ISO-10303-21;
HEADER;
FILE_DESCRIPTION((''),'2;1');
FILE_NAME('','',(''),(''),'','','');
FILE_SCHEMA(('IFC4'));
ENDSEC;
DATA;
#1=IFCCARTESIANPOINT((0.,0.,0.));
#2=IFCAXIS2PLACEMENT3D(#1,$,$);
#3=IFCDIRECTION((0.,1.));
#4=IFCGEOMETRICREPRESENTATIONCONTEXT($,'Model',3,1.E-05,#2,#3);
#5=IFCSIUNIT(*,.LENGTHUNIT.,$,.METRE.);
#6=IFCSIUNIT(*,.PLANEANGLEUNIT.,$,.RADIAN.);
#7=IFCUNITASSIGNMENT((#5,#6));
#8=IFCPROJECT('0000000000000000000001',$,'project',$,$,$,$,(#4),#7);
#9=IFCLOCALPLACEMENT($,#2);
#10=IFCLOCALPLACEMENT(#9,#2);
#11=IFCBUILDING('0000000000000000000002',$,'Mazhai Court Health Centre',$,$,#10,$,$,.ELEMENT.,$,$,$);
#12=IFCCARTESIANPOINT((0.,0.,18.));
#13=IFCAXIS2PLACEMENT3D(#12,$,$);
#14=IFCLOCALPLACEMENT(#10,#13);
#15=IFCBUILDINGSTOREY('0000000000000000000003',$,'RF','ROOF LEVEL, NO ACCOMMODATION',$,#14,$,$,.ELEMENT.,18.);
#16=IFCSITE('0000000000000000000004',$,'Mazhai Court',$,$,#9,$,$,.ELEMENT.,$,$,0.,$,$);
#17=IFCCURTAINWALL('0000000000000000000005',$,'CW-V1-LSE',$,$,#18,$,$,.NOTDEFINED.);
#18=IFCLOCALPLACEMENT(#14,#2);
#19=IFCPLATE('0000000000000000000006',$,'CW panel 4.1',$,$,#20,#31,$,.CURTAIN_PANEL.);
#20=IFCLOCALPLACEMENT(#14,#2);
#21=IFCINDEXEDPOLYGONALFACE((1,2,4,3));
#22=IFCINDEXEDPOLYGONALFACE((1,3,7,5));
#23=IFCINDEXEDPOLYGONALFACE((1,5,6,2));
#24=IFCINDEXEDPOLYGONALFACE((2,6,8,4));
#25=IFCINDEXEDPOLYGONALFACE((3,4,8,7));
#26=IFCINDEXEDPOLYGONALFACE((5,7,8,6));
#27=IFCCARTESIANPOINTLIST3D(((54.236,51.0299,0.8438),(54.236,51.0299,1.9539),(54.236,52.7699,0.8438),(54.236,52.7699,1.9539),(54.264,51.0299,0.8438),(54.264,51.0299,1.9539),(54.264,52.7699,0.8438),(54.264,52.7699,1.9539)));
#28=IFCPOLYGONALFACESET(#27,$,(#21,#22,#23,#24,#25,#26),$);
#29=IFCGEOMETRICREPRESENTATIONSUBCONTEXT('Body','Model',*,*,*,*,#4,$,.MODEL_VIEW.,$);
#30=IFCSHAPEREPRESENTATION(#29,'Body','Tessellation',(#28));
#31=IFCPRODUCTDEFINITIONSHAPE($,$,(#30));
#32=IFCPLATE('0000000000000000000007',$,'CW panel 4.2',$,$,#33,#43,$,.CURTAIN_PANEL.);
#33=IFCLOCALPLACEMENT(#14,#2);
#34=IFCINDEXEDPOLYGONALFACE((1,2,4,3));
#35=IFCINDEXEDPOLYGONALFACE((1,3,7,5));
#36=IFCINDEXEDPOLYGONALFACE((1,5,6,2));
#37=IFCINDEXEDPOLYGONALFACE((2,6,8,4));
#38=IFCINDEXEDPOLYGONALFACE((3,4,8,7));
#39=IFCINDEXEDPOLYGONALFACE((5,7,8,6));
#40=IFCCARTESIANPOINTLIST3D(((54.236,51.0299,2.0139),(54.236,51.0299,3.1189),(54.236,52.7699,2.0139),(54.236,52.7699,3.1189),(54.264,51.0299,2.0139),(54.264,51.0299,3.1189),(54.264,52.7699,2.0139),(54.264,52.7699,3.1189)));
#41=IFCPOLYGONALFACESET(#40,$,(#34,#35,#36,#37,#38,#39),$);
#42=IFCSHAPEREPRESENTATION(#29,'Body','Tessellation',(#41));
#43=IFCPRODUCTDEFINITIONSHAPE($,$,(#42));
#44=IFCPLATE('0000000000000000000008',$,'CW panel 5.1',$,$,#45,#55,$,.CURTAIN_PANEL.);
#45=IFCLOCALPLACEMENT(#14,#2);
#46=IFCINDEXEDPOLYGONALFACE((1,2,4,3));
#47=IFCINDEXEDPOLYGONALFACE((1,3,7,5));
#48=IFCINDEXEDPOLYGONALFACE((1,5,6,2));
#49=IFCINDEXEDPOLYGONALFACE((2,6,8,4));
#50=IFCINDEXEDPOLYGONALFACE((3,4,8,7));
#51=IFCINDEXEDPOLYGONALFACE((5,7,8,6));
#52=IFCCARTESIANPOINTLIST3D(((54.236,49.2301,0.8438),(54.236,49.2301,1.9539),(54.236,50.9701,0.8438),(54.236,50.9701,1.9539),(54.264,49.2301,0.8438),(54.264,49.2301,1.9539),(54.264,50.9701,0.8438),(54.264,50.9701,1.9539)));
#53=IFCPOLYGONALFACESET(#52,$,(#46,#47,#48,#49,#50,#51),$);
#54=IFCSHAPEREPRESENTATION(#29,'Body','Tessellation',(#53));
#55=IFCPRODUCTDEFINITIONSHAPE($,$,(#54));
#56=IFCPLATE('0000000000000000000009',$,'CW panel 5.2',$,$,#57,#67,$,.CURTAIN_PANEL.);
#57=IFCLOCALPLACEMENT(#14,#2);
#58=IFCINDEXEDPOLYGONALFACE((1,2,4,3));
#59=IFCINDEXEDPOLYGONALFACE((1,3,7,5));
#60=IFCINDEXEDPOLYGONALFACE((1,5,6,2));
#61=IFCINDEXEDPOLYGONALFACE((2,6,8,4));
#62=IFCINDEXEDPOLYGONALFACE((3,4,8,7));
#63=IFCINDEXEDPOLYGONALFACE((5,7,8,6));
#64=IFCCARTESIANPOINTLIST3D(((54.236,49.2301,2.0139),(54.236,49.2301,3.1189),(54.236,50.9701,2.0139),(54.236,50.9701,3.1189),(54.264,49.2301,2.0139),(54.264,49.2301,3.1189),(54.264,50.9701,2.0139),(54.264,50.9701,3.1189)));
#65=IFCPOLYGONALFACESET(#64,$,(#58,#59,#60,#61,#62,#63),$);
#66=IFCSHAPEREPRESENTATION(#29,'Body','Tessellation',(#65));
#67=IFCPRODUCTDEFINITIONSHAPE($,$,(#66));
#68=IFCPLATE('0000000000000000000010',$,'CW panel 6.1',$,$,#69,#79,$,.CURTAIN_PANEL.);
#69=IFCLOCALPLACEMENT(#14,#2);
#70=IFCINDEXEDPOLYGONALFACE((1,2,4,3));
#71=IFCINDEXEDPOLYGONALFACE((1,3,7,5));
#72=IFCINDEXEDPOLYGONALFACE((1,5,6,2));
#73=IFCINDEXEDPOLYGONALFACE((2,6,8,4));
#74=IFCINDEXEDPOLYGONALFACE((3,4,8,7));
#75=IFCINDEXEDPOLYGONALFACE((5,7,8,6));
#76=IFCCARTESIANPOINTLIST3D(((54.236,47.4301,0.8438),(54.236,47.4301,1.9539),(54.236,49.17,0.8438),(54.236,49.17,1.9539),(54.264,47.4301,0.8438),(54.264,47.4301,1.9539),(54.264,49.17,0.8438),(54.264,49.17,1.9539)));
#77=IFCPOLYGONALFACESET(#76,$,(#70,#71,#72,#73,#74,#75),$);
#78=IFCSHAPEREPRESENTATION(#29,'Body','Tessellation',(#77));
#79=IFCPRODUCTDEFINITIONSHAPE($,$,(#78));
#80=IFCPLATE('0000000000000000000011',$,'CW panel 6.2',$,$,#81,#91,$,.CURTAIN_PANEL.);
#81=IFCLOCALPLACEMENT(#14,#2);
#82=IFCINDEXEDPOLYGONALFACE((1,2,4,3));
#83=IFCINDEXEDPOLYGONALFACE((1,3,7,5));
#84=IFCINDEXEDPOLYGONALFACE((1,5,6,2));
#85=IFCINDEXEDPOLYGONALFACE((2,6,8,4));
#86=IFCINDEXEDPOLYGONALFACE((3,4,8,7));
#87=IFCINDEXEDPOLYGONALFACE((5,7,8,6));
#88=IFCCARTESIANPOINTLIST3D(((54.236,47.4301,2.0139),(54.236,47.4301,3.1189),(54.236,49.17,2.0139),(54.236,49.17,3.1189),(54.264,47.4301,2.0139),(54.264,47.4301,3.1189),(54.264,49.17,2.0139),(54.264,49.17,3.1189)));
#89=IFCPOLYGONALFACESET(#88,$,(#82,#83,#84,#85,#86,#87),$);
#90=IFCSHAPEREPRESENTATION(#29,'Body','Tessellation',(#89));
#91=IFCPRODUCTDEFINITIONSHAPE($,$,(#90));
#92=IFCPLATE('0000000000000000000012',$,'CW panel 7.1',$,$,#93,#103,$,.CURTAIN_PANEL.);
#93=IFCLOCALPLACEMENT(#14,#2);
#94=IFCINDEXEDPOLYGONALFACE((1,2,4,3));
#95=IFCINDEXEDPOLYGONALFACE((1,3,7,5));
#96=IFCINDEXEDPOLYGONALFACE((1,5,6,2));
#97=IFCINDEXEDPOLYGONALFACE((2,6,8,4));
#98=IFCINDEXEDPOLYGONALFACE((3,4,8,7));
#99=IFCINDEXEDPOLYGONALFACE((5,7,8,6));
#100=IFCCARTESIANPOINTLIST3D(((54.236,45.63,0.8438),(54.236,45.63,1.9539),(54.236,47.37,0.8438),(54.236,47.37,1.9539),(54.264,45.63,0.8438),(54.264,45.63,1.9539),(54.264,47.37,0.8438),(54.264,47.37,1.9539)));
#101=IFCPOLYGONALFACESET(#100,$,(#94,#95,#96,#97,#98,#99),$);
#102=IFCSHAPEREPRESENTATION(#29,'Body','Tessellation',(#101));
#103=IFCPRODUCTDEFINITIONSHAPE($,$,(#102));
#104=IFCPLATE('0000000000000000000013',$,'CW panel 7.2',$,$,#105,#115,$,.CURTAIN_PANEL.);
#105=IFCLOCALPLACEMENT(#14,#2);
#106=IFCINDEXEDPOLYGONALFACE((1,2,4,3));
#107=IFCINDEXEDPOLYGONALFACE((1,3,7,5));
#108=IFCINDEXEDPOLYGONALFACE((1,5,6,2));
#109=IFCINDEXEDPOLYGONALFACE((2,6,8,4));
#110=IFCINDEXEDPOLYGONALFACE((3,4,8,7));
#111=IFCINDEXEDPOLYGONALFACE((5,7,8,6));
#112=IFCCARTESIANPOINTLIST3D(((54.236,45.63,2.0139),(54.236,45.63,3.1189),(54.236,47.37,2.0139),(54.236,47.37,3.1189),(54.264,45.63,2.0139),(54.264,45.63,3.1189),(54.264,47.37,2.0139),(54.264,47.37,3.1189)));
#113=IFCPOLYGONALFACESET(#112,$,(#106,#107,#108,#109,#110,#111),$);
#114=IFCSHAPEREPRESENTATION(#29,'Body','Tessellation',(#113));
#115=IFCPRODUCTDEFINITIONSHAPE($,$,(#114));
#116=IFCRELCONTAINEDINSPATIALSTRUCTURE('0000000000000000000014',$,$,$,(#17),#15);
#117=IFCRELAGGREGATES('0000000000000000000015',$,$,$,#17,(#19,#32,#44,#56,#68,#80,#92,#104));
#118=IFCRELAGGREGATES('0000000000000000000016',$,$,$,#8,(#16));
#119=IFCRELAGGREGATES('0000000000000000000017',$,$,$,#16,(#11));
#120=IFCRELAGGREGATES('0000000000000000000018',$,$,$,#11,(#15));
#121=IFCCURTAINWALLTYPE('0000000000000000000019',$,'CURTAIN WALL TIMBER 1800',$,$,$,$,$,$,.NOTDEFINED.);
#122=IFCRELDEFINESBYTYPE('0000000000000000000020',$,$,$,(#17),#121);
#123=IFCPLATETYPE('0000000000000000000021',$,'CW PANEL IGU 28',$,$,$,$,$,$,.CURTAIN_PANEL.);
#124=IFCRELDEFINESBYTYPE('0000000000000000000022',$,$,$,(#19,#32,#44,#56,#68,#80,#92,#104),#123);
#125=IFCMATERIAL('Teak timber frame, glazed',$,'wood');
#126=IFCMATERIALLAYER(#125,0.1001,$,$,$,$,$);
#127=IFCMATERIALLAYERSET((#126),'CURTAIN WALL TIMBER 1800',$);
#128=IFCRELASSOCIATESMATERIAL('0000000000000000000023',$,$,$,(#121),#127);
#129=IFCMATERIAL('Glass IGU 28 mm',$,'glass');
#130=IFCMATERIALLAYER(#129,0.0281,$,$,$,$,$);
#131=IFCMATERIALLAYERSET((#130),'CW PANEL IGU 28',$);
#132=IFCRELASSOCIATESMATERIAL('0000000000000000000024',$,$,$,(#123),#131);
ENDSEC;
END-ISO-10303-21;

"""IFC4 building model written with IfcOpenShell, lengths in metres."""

from ifc_helpers import new_model, si_unit, direction, frame, origin, origin_2d, place, context, subcontext, project, spatial, rectangle, extrude, material, layer, layer_set, type_object, element, aggregate, save


model = new_model("IFC4")

# Units and contexts
model_context = context("Model", 3, precision=1e-05, world=origin(), true_north=direction((0.0, 1.0)))
body_context = subcontext(model_context, "Body", "Model", "MODEL_VIEW")
ifc_project = project(units=[si_unit("LENGTHUNIT", "METRE"), si_unit("PLANEANGLEUNIT", "RADIAN")], contexts=[model_context])

# Site, building, storey
site_placement = place(None, origin())
site = spatial("IfcSite", under=ifc_project, at=site_placement, Name="Mazhai Court", CompositionType="ELEMENT", RefElevation=0.0)
building_placement = place(site_placement, origin())
building = spatial("IfcBuilding", under=site, at=building_placement, Name="Mazhai Court Health Centre", CompositionType="ELEMENT")
storey_placement = place(building_placement, frame((0.0, 0.0, 18.0)))
storey = spatial("IfcBuildingStorey", under=building, at=storey_placement, Name="RF", Description="ROOF LEVEL, NO ACCOMMODATION", CompositionType="ELEMENT", Elevation=18.0)

# Curtain wall, plates
ifc_material_1 = material(Name="Teak timber frame, glazed", Category="wood")
ifc_layer_1 = layer(ifc_material_1, 0.1001)
ifc_layer_set_1 = layer_set([ifc_layer_1], Name="CURTAIN WALL TIMBER 1800")
curtain_wall_type = type_object("IfcCurtainWallType", Name="CURTAIN WALL TIMBER 1800", PredefinedType="NOTDEFINED", material=ifc_layer_set_1)
curtain_wall_placement = place(storey_placement, origin())
curtain_wall = element("IfcCurtainWall", 1, at=curtain_wall_placement, inside=storey, type_object=curtain_wall_type, Name="CW-V1-LSE", PredefinedType="NOTDEFINED")
ifc_material_2 = material(Name="Glass IGU 28 mm", Category="glass")
ifc_layer_2 = layer(ifc_material_2, 0.0281)
ifc_layer_set_2 = layer_set([ifc_layer_2], Name="CW PANEL IGU 28")
plate_type = type_object("IfcPlateType", Name="CW PANEL IGU 28", PredefinedType="CURTAIN_PANEL", material=ifc_layer_set_2)
plate_1_placement = place(storey_placement, frame((54.25, 51.8999, 0.8438), z_axis=(0.0, 0.0, 1.0), x_axis=(0.0, -1.0, 0.0)))
plate_1 = element("IfcPlate", 2, at=plate_1_placement, type_object=plate_type, Name="CW panel 4.1", PredefinedType="CURTAIN_PANEL", context=body_context, shape_type="SweptSolid", body=[
    extrude(rectangle(XDim=1.74, YDim=0.0281, at=origin_2d()), origin(), (0.0, 0.0, 1.0), 1.1101),
])
plate_2_placement = place(storey_placement, frame((54.25, 51.8999, 2.0139), z_axis=(0.0, 0.0, 1.0), x_axis=(0.0, -1.0, 0.0)))
plate_2 = element("IfcPlate", 3, at=plate_2_placement, type_object=plate_type, Name="CW panel 4.2", PredefinedType="CURTAIN_PANEL", context=body_context, shape_type="SweptSolid", body=[
    extrude(rectangle(XDim=1.74, YDim=0.0281, at=origin_2d()), origin(), (0.0, 0.0, 1.0), 1.105),
])
plate_3_placement = place(storey_placement, frame((54.25, 50.1001, 0.8438), z_axis=(0.0, 0.0, 1.0), x_axis=(0.0, -1.0, 0.0)))
plate_3 = element("IfcPlate", 4, at=plate_3_placement, type_object=plate_type, Name="CW panel 5.1", PredefinedType="CURTAIN_PANEL", context=body_context, shape_type="SweptSolid", body=[
    extrude(rectangle(XDim=1.74, YDim=0.0281, at=origin_2d()), origin(), (0.0, 0.0, 1.0), 1.1101),
])
plate_4_placement = place(storey_placement, frame((54.25, 50.1001, 2.0139), z_axis=(0.0, 0.0, 1.0), x_axis=(0.0, -1.0, 0.0)))
plate_4 = element("IfcPlate", 5, at=plate_4_placement, type_object=plate_type, Name="CW panel 5.2", PredefinedType="CURTAIN_PANEL", context=body_context, shape_type="SweptSolid", body=[
    extrude(rectangle(XDim=1.74, YDim=0.0281, at=origin_2d()), origin(), (0.0, 0.0, 1.0), 1.105),
])
plate_5_placement = place(storey_placement, frame((54.25, 48.3, 0.8438), z_axis=(0.0, 0.0, 1.0), x_axis=(0.0, -1.0, 0.0)))
plate_5 = element("IfcPlate", 6, at=plate_5_placement, type_object=plate_type, Name="CW panel 6.1", PredefinedType="CURTAIN_PANEL", context=body_context, shape_type="SweptSolid", body=[
    extrude(rectangle(XDim=1.74, YDim=0.0281, at=origin_2d()), origin(), (0.0, 0.0, 1.0), 1.1101),
])
plate_6_placement = place(storey_placement, frame((54.25, 48.3, 2.0139), z_axis=(0.0, 0.0, 1.0), x_axis=(0.0, -1.0, 0.0)))
plate_6 = element("IfcPlate", 7, at=plate_6_placement, type_object=plate_type, Name="CW panel 6.2", PredefinedType="CURTAIN_PANEL", context=body_context, shape_type="SweptSolid", body=[
    extrude(rectangle(XDim=1.74, YDim=0.0281, at=origin_2d()), origin(), (0.0, 0.0, 1.0), 1.105),
])
plate_7_placement = place(storey_placement, frame((54.25, 46.5, 0.8438), z_axis=(0.0, 0.0, 1.0), x_axis=(0.0, -1.0, 0.0)))
plate_7 = element("IfcPlate", 8, at=plate_7_placement, type_object=plate_type, Name="CW panel 7.1", PredefinedType="CURTAIN_PANEL", context=body_context, shape_type="SweptSolid", body=[
    extrude(rectangle(XDim=1.74, YDim=0.0281, at=origin_2d()), origin(), (0.0, 0.0, 1.0), 1.1101),
])
plate_8_placement = place(storey_placement, frame((54.25, 46.5, 2.0139), z_axis=(0.0, 0.0, 1.0), x_axis=(0.0, -1.0, 0.0)))
plate_8 = element("IfcPlate", 9, at=plate_8_placement, type_object=plate_type, Name="CW panel 7.2", PredefinedType="CURTAIN_PANEL", context=body_context, shape_type="SweptSolid", body=[
    extrude(rectangle(XDim=1.74, YDim=0.0281, at=origin_2d()), origin(), (0.0, 0.0, 1.0), 1.105),
])
aggregate(curtain_wall, [plate_1, plate_2, plate_3, plate_4, plate_5, plate_6, plate_7, plate_8])

save(model, "model.ifc")
